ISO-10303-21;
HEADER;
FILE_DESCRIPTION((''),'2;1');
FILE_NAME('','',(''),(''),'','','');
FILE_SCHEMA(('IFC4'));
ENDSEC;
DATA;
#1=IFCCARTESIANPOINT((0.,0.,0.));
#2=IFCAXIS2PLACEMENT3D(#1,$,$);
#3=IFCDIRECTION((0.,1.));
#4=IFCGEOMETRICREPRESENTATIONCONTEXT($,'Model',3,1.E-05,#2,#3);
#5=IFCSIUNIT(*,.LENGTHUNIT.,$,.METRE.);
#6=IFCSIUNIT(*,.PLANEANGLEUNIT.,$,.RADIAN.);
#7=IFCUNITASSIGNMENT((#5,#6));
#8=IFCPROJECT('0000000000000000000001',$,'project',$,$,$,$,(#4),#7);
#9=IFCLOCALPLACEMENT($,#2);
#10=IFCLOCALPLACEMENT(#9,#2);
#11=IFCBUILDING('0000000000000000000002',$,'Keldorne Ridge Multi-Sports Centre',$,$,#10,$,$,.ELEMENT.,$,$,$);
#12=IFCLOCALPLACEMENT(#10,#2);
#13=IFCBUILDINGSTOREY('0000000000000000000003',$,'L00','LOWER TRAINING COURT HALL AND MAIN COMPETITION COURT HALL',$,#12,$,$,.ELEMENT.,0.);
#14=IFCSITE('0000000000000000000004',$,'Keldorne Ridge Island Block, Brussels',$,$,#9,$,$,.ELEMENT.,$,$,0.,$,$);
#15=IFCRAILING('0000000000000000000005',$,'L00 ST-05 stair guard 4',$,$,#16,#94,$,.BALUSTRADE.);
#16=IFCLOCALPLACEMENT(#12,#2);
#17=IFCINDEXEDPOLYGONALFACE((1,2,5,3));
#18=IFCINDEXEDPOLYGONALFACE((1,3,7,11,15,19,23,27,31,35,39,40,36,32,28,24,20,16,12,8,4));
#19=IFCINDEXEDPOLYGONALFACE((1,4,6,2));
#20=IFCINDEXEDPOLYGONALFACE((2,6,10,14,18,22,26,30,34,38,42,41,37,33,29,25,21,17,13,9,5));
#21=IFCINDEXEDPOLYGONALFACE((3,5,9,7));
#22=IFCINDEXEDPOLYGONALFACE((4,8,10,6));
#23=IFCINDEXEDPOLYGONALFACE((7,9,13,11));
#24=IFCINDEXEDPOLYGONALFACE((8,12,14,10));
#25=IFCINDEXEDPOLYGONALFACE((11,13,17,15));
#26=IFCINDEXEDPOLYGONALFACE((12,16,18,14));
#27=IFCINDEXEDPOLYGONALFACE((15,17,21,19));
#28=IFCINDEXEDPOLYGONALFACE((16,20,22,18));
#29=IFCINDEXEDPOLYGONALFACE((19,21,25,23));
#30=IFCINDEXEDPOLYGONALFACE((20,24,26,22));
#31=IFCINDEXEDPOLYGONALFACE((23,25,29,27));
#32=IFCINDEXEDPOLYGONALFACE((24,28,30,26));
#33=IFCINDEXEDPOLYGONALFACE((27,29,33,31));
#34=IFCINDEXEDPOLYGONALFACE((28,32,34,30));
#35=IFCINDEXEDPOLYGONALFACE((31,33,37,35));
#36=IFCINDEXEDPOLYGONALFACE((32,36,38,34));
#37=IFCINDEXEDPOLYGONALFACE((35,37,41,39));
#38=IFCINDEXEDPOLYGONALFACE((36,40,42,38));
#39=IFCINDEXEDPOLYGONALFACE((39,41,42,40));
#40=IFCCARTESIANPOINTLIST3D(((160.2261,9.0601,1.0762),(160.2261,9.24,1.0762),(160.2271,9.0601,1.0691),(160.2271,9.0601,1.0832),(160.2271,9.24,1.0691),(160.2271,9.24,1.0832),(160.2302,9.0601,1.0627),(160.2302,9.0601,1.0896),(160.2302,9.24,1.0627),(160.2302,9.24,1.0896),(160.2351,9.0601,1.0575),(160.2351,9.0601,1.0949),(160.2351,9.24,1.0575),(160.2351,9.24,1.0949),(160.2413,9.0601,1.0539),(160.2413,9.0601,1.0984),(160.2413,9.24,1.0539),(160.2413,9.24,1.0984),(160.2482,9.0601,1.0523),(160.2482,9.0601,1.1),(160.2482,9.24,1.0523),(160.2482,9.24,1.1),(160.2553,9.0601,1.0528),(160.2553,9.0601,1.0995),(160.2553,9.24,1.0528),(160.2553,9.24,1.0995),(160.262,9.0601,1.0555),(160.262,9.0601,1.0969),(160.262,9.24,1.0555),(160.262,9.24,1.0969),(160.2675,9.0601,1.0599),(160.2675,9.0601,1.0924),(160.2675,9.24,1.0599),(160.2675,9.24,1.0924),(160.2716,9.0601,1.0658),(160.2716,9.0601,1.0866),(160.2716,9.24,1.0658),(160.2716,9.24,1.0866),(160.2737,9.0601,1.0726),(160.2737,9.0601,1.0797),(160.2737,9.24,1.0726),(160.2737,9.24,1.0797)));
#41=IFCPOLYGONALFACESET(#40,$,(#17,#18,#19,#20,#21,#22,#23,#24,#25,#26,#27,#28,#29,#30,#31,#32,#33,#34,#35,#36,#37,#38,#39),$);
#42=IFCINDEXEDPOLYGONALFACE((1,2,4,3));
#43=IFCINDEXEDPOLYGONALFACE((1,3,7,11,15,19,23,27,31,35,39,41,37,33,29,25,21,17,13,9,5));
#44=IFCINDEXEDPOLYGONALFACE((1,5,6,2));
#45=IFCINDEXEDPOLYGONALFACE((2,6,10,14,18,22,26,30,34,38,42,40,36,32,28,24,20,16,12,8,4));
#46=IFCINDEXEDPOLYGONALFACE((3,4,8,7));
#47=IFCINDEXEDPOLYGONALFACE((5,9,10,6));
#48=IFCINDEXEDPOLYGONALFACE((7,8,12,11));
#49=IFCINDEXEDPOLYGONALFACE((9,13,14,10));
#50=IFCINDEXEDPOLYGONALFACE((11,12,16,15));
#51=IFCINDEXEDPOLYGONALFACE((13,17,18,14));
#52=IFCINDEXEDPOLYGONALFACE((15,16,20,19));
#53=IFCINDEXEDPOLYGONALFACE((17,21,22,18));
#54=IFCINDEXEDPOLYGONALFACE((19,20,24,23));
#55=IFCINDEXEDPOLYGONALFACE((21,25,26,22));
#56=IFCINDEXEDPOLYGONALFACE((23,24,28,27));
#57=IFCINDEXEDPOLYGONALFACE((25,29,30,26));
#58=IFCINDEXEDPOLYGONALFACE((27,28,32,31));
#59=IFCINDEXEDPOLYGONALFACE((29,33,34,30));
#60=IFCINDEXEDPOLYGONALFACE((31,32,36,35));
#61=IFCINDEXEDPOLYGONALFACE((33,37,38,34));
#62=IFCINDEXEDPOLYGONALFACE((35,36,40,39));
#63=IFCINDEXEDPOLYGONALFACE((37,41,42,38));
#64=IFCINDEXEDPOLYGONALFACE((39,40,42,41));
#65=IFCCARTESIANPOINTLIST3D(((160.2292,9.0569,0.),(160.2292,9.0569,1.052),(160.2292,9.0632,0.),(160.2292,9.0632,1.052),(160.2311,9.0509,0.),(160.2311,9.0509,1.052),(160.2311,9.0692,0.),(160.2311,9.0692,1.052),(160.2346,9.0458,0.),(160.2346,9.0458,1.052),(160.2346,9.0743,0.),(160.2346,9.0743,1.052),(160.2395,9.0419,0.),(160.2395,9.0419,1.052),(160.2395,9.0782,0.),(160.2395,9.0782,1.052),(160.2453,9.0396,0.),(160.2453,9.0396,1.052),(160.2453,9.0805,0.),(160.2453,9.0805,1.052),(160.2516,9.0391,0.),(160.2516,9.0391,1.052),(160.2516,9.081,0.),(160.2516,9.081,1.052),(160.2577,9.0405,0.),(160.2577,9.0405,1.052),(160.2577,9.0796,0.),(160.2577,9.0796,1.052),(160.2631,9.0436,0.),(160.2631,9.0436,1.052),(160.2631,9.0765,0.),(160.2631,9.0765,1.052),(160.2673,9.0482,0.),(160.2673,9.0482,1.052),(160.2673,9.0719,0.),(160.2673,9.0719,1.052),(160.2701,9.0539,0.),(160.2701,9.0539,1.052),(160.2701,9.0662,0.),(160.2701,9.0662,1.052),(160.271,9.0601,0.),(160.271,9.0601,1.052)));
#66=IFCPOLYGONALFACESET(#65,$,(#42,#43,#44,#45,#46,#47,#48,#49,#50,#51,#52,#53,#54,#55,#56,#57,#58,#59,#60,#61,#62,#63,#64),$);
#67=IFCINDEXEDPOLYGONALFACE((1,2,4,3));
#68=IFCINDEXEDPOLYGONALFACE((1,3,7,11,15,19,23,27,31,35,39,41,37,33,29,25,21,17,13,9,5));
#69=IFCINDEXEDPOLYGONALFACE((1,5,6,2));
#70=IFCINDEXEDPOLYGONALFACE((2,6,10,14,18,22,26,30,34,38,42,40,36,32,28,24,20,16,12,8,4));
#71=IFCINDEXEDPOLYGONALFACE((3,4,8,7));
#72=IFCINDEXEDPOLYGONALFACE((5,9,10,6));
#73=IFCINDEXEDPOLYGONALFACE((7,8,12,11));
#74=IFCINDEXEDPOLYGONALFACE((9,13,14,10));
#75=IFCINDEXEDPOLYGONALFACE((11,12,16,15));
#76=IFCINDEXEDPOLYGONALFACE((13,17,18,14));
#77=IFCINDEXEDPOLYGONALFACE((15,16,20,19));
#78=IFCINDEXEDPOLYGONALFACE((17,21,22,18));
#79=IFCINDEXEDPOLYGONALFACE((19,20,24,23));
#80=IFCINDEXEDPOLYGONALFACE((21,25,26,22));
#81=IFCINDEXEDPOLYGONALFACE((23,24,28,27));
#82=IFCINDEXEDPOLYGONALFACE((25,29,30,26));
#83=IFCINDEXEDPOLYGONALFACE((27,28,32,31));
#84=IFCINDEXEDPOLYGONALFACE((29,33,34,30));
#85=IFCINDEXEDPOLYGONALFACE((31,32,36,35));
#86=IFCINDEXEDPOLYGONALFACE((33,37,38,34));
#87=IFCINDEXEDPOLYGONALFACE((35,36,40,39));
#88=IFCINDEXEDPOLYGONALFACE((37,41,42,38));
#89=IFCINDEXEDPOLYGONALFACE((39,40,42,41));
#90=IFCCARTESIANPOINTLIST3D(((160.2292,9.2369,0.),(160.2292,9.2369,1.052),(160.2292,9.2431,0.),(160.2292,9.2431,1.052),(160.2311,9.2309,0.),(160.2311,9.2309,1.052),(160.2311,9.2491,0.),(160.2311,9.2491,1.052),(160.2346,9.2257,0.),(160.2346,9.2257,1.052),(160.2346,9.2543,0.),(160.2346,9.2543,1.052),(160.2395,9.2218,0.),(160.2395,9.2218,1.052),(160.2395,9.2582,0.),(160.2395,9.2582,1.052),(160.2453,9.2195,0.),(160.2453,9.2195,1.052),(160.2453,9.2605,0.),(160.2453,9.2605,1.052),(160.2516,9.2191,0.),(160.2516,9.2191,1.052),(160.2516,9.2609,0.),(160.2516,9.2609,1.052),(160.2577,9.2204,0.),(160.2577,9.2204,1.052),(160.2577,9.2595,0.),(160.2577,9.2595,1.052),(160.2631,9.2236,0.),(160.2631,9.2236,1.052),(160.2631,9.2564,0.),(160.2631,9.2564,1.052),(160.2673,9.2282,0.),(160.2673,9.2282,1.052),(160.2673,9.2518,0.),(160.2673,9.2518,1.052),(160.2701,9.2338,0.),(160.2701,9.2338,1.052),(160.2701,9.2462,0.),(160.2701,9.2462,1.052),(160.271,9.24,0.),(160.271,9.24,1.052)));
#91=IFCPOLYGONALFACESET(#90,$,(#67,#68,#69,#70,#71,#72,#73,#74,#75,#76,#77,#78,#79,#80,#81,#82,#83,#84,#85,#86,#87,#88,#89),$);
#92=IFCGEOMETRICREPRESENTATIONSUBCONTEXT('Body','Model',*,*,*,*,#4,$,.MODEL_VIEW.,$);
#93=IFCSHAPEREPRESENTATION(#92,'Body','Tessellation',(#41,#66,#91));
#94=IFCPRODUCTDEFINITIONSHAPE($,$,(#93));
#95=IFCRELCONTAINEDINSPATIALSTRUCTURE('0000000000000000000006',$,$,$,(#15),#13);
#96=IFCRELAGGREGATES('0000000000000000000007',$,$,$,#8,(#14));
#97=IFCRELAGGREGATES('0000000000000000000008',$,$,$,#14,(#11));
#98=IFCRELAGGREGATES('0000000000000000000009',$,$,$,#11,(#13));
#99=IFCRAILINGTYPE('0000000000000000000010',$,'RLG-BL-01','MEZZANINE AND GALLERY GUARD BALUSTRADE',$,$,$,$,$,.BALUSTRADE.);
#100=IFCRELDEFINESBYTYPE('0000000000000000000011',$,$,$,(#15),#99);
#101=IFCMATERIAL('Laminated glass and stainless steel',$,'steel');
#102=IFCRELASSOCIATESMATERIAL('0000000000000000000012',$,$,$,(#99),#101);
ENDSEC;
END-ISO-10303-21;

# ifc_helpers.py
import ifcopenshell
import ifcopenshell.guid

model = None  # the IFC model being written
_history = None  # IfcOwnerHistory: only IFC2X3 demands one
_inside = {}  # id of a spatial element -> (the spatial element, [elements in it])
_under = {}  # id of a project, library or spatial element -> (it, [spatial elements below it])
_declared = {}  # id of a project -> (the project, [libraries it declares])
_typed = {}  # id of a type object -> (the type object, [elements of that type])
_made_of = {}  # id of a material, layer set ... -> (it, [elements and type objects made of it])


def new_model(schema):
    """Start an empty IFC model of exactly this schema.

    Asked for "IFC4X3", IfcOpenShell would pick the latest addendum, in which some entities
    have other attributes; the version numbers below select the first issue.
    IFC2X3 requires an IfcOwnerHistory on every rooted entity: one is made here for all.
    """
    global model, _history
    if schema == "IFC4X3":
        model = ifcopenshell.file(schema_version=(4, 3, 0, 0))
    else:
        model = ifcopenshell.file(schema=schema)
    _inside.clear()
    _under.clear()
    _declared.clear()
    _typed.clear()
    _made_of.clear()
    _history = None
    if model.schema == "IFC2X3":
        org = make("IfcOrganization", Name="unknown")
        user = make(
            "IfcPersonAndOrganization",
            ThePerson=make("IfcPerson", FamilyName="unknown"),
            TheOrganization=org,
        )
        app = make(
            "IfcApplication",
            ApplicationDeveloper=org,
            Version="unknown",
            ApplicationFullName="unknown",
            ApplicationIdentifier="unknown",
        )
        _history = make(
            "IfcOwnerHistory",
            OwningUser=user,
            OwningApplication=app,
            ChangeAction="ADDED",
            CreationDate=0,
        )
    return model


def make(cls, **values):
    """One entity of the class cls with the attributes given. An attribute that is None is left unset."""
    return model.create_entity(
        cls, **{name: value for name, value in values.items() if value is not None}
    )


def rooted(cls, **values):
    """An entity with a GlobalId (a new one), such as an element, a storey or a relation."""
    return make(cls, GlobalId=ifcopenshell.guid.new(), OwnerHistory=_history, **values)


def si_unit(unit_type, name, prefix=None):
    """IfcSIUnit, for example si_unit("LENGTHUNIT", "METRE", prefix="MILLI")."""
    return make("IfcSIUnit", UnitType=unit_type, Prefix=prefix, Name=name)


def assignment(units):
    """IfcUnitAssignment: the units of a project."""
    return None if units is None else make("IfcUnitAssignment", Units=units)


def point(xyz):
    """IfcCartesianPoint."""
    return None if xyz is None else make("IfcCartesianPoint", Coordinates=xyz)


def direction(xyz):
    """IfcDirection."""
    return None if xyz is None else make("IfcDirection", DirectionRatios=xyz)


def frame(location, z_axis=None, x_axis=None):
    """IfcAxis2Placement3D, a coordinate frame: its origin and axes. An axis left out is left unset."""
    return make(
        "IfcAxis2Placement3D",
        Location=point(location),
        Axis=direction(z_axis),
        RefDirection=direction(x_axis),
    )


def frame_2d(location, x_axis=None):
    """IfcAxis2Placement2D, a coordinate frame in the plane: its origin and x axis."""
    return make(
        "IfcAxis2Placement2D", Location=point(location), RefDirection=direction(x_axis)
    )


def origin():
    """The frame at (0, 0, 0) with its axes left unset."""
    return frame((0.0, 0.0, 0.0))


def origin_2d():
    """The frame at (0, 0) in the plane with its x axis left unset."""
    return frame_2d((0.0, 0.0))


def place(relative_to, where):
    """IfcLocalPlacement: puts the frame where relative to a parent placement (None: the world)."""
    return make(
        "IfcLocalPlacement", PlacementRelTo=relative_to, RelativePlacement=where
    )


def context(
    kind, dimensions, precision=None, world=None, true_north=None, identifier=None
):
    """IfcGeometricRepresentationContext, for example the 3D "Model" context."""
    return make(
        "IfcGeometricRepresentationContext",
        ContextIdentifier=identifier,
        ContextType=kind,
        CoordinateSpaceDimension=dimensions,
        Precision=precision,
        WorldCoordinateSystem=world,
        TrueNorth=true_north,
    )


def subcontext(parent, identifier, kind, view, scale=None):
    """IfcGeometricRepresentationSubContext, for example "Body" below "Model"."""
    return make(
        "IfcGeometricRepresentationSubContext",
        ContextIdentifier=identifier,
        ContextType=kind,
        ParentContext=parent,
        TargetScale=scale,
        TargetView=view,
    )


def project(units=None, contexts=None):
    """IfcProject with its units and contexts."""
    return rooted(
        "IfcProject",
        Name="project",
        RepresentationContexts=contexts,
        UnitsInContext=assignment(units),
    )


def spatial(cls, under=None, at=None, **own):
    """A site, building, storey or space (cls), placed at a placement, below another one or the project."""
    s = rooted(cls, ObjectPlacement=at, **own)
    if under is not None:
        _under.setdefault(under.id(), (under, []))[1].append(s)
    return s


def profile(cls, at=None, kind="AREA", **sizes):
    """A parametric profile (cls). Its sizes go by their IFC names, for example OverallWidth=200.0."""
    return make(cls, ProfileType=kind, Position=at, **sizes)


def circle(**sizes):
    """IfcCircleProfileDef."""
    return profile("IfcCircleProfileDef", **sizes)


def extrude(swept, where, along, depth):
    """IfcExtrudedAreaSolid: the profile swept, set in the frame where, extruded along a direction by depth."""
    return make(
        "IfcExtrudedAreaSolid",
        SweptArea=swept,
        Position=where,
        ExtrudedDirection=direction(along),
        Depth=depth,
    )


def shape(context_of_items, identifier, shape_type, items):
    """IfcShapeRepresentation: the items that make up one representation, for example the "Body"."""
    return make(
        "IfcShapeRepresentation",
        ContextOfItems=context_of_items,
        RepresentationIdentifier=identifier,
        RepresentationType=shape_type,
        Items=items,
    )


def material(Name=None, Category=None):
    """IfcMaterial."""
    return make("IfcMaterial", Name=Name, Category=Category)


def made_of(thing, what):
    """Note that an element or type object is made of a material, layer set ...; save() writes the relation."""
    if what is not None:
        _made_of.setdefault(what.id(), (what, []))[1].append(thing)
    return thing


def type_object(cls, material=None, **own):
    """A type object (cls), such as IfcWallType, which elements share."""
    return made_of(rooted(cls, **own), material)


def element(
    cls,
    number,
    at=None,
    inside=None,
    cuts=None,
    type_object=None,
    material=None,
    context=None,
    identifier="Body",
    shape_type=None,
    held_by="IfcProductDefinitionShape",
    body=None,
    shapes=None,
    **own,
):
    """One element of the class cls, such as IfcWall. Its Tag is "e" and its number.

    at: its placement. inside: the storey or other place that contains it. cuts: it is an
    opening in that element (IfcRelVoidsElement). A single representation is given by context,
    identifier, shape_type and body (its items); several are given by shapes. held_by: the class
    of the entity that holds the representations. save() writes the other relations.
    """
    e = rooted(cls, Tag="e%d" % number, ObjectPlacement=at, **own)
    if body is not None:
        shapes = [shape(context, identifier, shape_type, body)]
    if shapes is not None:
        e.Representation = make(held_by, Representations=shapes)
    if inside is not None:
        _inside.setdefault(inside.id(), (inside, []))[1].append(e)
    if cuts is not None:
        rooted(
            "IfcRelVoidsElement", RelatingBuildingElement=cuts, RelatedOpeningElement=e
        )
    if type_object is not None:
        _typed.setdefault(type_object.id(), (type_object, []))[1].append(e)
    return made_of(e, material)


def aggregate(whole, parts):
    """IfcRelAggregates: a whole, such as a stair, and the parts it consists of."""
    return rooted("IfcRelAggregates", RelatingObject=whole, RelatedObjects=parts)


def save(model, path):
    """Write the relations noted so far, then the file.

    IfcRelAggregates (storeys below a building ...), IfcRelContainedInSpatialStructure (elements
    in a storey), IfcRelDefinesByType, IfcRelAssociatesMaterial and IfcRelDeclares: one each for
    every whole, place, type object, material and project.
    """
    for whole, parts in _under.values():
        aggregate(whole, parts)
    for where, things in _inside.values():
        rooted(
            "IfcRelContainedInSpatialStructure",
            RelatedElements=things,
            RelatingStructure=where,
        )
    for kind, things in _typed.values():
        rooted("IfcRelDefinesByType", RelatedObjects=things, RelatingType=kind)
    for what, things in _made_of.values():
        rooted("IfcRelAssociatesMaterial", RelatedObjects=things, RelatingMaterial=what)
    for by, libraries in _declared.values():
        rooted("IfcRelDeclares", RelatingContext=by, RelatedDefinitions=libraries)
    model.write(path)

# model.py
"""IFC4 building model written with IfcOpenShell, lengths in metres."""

from ifc_helpers import new_model, si_unit, direction, frame, origin, origin_2d, place, context, subcontext, project, spatial, circle, extrude, material, type_object, element, save


model = new_model("IFC4")

# Units and contexts
model_context = context("Model", 3, precision=1e-05, world=origin(), true_north=direction((0.0, 1.0)))
body_context = subcontext(model_context, "Body", "Model", "MODEL_VIEW")
ifc_project = project(units=[si_unit("LENGTHUNIT", "METRE"), si_unit("PLANEANGLEUNIT", "RADIAN")], contexts=[model_context])

# Site, building, storey
site_placement = place(None, origin())
site = spatial("IfcSite", under=ifc_project, at=site_placement, Name="Keldorne Ridge Island Block, Brussels", CompositionType="ELEMENT", RefElevation=0.0)
building_placement = place(site_placement, origin())
building = spatial("IfcBuilding", under=site, at=building_placement, Name="Keldorne Ridge Multi-Sports Centre", CompositionType="ELEMENT")
storey_placement = place(building_placement, origin())
storey = spatial("IfcBuildingStorey", under=building, at=storey_placement, Name="L00", Description="LOWER TRAINING COURT HALL AND MAIN COMPETITION COURT HALL", CompositionType="ELEMENT", Elevation=0.0)

# Railing
ifc_material_1 = material(Name="Laminated glass and stainless steel", Category="steel")
railing_type_1 = type_object("IfcRailingType", Name="RLG-BL-01", Description="MEZZANINE AND GALLERY GUARD BALUSTRADE", PredefinedType="BALUSTRADE", material=ifc_material_1)
railing_1_placement = place(storey_placement, frame((160.25, 9.0601, 0.0)))
element("IfcRailing", 1, at=railing_1_placement, inside=storey, type_object=railing_type_1, Name="L00 ST-05 stair guard 4", PredefinedType="BALUSTRADE", context=body_context, shape_type="SweptSolid", body=[
    extrude(circle(Radius=0.0239, at=origin_2d()), frame((0.0, 0.0, 1.0762), z_axis=(0.0, 1.0, 0.0), x_axis=(-1.0, 0.0, 0.0)), (0.0, 0.0, 1.0), 0.1799),
    extrude(circle(Radius=0.021, at=origin_2d()), origin(), (0.0, 0.0, 1.0), 1.052),
    extrude(circle(Radius=0.021, at=origin_2d()), frame((0.0, 0.1799, 0.0)), (0.0, 0.0, 1.0), 1.052),
])

save(model, "model.ifc")
